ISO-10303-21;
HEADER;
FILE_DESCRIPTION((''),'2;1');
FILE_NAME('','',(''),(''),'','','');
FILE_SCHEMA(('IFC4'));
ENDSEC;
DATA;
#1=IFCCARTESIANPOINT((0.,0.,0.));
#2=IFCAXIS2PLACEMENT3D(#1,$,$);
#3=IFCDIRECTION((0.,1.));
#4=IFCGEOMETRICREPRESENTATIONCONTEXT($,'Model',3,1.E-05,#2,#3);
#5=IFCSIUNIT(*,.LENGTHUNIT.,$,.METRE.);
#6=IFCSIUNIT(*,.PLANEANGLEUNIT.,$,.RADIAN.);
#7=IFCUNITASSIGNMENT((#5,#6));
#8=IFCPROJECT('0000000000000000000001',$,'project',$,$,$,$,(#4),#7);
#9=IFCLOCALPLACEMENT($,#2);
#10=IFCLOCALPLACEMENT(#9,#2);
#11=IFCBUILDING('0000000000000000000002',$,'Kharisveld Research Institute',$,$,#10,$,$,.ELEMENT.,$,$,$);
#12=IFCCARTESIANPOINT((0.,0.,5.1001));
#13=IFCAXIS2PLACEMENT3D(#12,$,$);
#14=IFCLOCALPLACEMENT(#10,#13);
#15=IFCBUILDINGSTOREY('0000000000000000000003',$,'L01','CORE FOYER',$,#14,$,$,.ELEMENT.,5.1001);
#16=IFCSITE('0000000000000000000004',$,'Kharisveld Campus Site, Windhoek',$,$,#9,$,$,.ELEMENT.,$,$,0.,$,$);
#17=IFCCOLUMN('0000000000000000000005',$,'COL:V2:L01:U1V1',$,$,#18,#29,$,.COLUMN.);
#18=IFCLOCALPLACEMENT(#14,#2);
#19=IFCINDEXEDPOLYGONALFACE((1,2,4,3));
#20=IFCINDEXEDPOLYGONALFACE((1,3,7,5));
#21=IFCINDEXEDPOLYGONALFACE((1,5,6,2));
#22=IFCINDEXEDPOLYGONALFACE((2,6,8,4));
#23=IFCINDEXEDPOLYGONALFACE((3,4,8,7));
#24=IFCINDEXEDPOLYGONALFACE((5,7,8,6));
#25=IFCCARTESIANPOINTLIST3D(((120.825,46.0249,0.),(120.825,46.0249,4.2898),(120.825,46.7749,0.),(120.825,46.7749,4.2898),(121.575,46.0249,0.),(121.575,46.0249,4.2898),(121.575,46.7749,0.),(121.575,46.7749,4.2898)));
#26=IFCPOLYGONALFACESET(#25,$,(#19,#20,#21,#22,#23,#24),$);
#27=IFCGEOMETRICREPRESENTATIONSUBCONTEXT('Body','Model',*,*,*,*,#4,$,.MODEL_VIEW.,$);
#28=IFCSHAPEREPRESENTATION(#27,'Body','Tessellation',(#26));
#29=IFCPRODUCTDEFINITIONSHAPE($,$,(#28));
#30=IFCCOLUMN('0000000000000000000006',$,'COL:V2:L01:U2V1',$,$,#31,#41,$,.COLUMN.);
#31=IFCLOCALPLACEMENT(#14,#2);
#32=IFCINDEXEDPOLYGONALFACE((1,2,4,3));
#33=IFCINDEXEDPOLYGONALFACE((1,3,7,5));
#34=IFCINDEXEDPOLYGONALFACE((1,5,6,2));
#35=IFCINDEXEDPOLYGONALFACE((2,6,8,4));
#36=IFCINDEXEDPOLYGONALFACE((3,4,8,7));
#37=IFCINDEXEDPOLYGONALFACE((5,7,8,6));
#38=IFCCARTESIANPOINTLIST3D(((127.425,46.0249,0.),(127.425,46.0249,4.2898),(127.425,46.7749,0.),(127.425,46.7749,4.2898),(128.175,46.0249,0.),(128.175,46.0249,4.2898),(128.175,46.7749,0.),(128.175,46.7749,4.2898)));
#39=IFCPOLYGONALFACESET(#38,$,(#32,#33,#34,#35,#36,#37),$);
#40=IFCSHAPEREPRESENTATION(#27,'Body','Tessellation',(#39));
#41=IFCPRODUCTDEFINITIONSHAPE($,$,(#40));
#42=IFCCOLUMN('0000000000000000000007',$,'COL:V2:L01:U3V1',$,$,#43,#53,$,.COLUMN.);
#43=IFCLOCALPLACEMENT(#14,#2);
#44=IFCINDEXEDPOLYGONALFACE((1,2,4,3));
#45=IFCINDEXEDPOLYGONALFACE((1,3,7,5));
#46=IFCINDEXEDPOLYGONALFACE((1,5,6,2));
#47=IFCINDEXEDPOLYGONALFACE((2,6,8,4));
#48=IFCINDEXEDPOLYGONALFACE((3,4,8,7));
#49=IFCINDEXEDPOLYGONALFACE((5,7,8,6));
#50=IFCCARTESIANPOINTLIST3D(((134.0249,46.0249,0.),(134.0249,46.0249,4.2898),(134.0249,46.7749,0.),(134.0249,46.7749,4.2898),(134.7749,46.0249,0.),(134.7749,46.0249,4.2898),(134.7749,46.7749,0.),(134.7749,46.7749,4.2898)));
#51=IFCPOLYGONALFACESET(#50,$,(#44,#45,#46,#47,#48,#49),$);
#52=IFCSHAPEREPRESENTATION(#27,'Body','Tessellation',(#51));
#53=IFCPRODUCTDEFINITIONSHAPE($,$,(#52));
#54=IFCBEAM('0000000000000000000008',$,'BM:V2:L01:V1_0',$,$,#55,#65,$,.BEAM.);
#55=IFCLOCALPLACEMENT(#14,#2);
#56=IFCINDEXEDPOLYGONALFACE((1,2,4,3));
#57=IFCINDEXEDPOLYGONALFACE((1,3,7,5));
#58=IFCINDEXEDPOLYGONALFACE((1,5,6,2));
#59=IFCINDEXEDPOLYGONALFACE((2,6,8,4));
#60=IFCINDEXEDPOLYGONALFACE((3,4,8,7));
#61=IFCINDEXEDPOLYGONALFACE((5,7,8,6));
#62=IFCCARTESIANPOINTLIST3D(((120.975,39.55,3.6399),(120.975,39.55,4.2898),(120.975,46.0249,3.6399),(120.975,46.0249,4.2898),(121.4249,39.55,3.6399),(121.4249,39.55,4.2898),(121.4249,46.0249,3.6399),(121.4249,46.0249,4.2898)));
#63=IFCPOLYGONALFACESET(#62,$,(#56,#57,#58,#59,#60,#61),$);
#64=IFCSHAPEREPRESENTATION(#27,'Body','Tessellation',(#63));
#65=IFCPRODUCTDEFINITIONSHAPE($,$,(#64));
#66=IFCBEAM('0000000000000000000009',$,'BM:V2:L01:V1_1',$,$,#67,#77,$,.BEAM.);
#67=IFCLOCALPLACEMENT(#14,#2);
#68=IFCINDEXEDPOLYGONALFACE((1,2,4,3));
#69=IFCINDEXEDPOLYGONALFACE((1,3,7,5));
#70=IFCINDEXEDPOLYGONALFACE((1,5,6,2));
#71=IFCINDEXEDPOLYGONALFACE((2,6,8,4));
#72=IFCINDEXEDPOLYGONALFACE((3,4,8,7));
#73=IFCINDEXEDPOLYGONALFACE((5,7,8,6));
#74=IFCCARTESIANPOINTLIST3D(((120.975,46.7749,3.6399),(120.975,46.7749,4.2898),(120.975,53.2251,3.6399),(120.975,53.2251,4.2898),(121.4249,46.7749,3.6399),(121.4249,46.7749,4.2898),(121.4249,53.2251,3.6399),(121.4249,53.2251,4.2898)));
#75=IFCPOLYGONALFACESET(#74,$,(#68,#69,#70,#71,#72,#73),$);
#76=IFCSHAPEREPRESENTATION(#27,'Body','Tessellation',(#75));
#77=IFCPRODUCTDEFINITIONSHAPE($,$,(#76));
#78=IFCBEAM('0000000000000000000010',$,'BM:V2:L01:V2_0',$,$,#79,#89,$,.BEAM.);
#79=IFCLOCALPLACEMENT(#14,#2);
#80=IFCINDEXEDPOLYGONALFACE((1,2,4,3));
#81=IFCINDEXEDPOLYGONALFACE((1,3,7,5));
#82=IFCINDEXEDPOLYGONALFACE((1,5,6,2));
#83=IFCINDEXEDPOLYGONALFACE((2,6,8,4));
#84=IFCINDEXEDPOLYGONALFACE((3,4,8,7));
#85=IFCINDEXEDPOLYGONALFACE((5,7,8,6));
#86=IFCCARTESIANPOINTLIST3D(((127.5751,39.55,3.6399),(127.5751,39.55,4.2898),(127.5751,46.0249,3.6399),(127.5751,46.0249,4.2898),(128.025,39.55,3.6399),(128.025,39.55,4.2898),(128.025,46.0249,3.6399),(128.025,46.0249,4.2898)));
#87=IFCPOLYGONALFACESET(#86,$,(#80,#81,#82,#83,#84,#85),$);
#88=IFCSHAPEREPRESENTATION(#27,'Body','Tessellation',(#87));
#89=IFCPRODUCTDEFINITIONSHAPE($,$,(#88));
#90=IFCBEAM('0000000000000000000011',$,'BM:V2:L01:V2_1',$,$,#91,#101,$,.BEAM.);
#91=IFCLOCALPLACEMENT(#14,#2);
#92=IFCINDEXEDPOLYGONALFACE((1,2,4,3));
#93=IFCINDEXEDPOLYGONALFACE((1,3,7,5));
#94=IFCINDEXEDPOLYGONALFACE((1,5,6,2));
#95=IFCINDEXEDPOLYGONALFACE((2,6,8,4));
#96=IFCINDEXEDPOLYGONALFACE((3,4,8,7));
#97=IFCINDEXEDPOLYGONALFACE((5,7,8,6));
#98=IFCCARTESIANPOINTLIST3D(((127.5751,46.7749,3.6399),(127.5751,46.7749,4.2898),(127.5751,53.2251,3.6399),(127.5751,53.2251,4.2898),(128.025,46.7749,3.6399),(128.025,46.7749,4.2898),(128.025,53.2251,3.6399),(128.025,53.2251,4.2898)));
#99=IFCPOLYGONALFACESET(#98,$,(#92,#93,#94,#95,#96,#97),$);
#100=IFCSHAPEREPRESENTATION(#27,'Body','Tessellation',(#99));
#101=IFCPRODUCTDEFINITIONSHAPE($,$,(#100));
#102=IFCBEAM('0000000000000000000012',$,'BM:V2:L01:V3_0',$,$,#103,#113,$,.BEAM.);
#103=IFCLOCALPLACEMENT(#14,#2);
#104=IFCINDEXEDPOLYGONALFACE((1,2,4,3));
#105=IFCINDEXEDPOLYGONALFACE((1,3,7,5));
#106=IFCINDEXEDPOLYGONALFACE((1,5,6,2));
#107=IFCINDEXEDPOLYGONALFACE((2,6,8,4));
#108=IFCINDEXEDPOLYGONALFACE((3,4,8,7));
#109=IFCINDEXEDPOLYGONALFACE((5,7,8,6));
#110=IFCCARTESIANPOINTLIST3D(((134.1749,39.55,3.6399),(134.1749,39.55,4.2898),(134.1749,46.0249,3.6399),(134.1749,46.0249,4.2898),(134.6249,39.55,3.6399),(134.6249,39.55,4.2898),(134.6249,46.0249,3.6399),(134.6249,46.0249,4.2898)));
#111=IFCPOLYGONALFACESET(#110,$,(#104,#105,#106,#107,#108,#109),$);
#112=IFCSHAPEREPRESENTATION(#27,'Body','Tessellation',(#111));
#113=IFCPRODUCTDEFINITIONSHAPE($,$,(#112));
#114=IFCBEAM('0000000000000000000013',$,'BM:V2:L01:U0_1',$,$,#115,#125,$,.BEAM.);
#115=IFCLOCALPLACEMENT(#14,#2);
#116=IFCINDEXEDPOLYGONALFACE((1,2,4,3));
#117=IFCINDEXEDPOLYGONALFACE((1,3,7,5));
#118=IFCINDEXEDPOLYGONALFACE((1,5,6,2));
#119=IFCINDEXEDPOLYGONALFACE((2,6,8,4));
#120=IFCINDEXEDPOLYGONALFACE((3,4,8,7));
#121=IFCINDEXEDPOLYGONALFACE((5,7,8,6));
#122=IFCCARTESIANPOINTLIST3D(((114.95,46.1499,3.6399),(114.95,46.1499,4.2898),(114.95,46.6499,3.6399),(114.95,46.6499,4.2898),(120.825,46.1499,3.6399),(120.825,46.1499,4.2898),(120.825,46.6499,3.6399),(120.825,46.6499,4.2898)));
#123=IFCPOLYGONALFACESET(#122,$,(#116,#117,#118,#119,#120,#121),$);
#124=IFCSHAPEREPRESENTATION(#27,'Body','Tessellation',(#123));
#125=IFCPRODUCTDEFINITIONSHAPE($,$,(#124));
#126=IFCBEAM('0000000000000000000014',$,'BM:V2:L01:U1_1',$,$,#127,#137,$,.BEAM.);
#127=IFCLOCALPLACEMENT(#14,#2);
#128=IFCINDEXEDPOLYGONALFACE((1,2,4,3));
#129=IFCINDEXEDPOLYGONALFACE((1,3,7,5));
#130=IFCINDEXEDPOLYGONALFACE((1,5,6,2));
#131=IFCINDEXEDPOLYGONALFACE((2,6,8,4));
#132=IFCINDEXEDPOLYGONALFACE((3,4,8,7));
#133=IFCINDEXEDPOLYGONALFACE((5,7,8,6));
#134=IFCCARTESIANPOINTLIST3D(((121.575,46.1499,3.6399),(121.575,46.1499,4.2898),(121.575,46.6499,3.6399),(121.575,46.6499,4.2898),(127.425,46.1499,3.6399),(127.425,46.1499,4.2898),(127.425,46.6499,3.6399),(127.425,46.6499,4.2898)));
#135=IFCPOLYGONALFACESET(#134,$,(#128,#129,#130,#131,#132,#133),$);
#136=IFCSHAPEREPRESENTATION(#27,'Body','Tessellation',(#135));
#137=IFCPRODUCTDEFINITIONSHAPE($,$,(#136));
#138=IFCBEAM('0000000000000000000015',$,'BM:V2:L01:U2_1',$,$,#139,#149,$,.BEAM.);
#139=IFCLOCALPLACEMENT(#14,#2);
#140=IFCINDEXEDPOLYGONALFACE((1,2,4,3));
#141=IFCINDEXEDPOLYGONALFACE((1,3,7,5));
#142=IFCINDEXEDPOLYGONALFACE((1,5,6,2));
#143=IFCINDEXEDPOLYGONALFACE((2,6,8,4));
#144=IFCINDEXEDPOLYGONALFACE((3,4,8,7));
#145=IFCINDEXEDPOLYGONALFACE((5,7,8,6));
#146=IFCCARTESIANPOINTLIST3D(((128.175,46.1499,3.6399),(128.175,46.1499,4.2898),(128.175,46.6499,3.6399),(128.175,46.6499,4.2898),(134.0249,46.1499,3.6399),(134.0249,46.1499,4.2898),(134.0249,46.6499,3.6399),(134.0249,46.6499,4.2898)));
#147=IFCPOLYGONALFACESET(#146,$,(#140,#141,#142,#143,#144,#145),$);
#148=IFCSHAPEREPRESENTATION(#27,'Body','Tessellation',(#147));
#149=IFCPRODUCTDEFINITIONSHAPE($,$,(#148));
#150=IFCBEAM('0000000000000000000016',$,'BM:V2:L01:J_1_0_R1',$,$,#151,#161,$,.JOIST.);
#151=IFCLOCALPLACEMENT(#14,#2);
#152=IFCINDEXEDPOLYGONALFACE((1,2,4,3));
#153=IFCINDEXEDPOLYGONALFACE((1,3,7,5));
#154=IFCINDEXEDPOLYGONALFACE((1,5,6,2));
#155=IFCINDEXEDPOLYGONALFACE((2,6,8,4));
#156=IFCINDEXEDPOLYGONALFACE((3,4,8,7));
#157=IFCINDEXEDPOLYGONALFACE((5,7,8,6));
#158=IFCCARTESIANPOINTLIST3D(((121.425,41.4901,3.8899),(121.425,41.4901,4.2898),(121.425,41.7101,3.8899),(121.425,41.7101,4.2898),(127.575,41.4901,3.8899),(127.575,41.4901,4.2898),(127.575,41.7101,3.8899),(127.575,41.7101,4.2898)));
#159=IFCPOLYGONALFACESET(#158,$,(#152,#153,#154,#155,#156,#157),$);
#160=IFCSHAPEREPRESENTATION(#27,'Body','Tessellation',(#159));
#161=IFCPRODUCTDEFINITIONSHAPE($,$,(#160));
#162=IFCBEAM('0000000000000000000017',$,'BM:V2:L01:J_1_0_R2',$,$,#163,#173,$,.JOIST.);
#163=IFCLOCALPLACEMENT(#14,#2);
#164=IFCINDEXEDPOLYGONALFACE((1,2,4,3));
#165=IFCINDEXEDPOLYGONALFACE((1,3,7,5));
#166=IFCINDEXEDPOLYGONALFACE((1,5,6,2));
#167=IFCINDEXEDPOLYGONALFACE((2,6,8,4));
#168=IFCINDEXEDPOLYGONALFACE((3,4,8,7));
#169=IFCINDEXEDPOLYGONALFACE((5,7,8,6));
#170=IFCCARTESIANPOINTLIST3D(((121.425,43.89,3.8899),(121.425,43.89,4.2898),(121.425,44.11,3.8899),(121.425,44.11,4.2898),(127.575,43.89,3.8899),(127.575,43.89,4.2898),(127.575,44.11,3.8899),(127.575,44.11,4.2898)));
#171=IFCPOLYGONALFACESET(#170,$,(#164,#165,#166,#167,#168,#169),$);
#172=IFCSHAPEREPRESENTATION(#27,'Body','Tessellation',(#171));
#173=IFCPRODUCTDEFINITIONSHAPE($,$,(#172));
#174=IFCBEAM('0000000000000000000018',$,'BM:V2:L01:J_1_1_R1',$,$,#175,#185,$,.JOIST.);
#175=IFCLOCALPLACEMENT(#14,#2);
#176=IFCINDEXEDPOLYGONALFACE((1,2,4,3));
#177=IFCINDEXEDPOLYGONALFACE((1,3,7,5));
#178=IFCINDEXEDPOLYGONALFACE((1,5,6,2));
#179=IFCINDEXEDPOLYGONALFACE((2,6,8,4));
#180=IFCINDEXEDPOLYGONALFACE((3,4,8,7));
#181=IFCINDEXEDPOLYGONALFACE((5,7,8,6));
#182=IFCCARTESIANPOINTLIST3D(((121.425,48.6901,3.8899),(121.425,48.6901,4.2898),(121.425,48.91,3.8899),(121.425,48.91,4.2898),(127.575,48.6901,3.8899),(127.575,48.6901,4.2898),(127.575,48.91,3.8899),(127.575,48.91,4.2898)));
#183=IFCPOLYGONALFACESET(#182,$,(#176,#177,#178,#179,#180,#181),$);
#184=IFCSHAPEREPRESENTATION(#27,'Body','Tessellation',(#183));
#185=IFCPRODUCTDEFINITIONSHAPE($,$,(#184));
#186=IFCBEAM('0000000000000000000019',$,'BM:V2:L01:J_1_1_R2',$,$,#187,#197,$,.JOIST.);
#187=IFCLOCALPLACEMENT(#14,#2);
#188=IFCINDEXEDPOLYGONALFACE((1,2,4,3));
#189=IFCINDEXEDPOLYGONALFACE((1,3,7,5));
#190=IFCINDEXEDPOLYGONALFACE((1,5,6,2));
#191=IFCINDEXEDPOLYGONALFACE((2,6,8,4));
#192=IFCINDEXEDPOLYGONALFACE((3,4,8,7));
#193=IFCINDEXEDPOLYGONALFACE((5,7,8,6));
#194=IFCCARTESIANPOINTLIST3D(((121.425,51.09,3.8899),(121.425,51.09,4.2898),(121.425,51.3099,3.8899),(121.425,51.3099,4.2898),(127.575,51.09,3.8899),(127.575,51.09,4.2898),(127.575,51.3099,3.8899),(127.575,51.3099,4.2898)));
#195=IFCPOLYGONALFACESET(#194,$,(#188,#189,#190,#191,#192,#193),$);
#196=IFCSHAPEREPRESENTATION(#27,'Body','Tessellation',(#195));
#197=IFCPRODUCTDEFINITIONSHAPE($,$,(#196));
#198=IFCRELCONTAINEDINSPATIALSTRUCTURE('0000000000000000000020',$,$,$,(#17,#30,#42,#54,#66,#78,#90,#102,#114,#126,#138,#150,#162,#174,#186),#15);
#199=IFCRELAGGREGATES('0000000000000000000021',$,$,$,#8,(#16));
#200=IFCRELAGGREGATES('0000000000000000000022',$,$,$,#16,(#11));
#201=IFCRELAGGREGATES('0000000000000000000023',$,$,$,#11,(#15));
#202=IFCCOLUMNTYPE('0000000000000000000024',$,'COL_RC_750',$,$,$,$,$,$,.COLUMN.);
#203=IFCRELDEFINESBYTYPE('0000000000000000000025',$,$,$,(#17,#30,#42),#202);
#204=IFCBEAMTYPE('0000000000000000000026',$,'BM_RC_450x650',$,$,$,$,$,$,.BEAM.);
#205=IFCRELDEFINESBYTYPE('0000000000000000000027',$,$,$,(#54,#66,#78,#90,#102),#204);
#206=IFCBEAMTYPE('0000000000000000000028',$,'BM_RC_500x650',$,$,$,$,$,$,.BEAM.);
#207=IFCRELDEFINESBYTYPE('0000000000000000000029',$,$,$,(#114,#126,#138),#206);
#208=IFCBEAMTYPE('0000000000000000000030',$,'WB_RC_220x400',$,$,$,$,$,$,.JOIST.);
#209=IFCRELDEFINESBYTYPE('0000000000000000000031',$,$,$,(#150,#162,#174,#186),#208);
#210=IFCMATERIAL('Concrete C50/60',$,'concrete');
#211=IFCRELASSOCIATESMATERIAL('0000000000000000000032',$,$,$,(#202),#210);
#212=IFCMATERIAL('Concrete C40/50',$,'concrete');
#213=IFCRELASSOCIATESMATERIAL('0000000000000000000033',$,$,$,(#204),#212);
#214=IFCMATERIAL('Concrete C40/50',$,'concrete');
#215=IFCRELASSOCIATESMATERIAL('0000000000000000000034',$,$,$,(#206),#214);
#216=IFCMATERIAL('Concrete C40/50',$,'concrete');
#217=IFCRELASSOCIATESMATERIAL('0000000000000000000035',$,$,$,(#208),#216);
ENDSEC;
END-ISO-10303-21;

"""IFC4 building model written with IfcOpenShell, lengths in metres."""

from ifc_helpers import new_model, si_unit, direction, frame, origin, origin_2d, place, context, subcontext, project, spatial, rectangle, extrude, material, material_profile, profile_set, type_object, element, save


model = new_model("IFC4")

# Units and contexts
model_context = context("Model", 3, precision=1e-05, world=origin(), true_north=direction((0.0, 1.0)))
body_context = subcontext(model_context, "Body", "Model", "MODEL_VIEW")
ifc_project = project(units=[si_unit("LENGTHUNIT", "METRE"), si_unit("PLANEANGLEUNIT", "RADIAN")], contexts=[model_context])

# Site, building, storey
site_placement = place(None, origin())
site = spatial("IfcSite", under=ifc_project, at=site_placement, Name="Kharisveld Campus Site, Windhoek", CompositionType="ELEMENT", RefElevation=0.0)
building_placement = place(site_placement, origin())
building = spatial("IfcBuilding", under=site, at=building_placement, Name="Kharisveld Research Institute", CompositionType="ELEMENT")
storey_placement = place(building_placement, frame((0.0, 0.0, 5.1001)))
storey = spatial("IfcBuildingStorey", under=building, at=storey_placement, Name="L01", Description="CORE FOYER", CompositionType="ELEMENT", Elevation=5.1001)

# Columns
ifc_material_1 = material(Name="Concrete C50/60", Category="concrete")
ifc_material_profile_1 = material_profile(ifc_material_1, rectangle(XDim=0.75, YDim=0.75, at=origin_2d()))
ifc_profile_set_1 = profile_set([ifc_material_profile_1], Name="Concrete C50/60")
column_type = type_object("IfcColumnType", Name="COL_RC_750", PredefinedType="COLUMN", material=ifc_profile_set_1)
for number, where, z_axis, x_axis, name in (
    (1, (121.2, 46.3999, 0.0), (0.0, 0.0, 1.0), (1.0, 0.0, 0.0), "COL:V2:L01:U1V1"),
    (2, (127.8, 46.3999, 0.0), (0.0, 0.0, 1.0), (1.0, 0.0, 0.0), "COL:V2:L01:U2V1"),
    (3, (134.3999, 46.3999, 0.0), (0.0, 0.0, 1.0), (1.0, 0.0, 0.0), "COL:V2:L01:U3V1"),
):
    element("IfcColumn", number, at=place(storey_placement, frame(where, z_axis=z_axis, x_axis=x_axis)), inside=storey, type_object=column_type, Name=name, PredefinedType="COLUMN", context=body_context, shape_type="SweptSolid", body=[
        extrude(rectangle(XDim=0.75, YDim=0.75, at=origin_2d()), origin(), (0.0, 0.0, 1.0), 4.2898),
    ])

# Beams
ifc_material_2 = material(Name="Concrete C40/50", Category="concrete")
ifc_material_profile_2 = material_profile(ifc_material_2, rectangle(XDim=0.45, YDim=0.6499, at=origin_2d()))
ifc_profile_set_2 = profile_set([ifc_material_profile_2], Name="Concrete C40/50")
beam_type_1 = type_object("IfcBeamType", Name="BM_RC_450x650", PredefinedType="BEAM", material=ifc_profile_set_2)
beam_1_placement = place(storey_placement, frame((121.2, 39.55, 3.9648), z_axis=(0.0, 1.0, 0.0), x_axis=(-1.0, 0.0, 0.0)))
element("IfcBeam", 4, at=beam_1_placement, inside=storey, type_object=beam_type_1, Name="BM:V2:L01:V1_0", PredefinedType="BEAM", context=body_context, shape_type="SweptSolid", body=[
    extrude(rectangle(XDim=0.45, YDim=0.6499, at=origin_2d()), origin(), (0.0, 0.0, 1.0), 6.4749),
])
beam_2_placement = place(storey_placement, frame((121.2, 46.7749, 3.9648), z_axis=(0.0, 1.0, 0.0), x_axis=(-1.0, 0.0, 0.0)))
element("IfcBeam", 5, at=beam_2_placement, inside=storey, type_object=beam_type_1, Name="BM:V2:L01:V1_1", PredefinedType="BEAM", context=body_context, shape_type="SweptSolid", body=[
    extrude(rectangle(XDim=0.45, YDim=0.6499, at=origin_2d()), origin(), (0.0, 0.0, 1.0), 6.4502),
])
beam_3_placement = place(storey_placement, frame((127.8, 39.55, 3.9648), z_axis=(0.0, 1.0, 0.0), x_axis=(-1.0, 0.0, 0.0)))
element("IfcBeam", 6, at=beam_3_placement, inside=storey, type_object=beam_type_1, Name="BM:V2:L01:V2_0", PredefinedType="BEAM", context=body_context, shape_type="SweptSolid", body=[
    extrude(rectangle(XDim=0.45, YDim=0.6499, at=origin_2d()), origin(), (0.0, 0.0, 1.0), 6.4749),
])
beam_4_placement = place(storey_placement, frame((127.8, 46.7749, 3.9648), z_axis=(0.0, 1.0, 0.0), x_axis=(-1.0, 0.0, 0.0)))
element("IfcBeam", 7, at=beam_4_placement, inside=storey, type_object=beam_type_1, Name="BM:V2:L01:V2_1", PredefinedType="BEAM", context=body_context, shape_type="SweptSolid", body=[
    extrude(rectangle(XDim=0.45, YDim=0.6499, at=origin_2d()), origin(), (0.0, 0.0, 1.0), 6.4502),
])
beam_5_placement = place(storey_placement, frame((134.3999, 39.55, 3.9648), z_axis=(0.0, 1.0, 0.0), x_axis=(-1.0, 0.0, 0.0)))
element("IfcBeam", 8, at=beam_5_placement, inside=storey, type_object=beam_type_1, Name="BM:V2:L01:V3_0", PredefinedType="BEAM", context=body_context, shape_type="SweptSolid", body=[
    extrude(rectangle(XDim=0.45, YDim=0.6499, at=origin_2d()), origin(), (0.0, 0.0, 1.0), 6.4749),
])
ifc_material_3 = material(Name="Concrete C40/50", Category="concrete")
ifc_material_profile_3 = material_profile(ifc_material_3, rectangle(XDim=0.5, YDim=0.6499, at=origin_2d()))
ifc_profile_set_3 = profile_set([ifc_material_profile_3], Name="Concrete C40/50")
beam_type_2 = type_object("IfcBeamType", Name="BM_RC_500x650", PredefinedType="BEAM", material=ifc_profile_set_3)
beam_6_placement = place(storey_placement, frame((114.95, 46.3999, 3.9648), z_axis=(1.0, 0.0, 0.0), x_axis=(0.0, 1.0, 0.0)))
element("IfcBeam", 9, at=beam_6_placement, inside=storey, type_object=beam_type_2, Name="BM:V2:L01:U0_1", PredefinedType="BEAM", context=body_context, shape_type="SweptSolid", body=[
    extrude(rectangle(XDim=0.5, YDim=0.6499, at=origin_2d()), origin(), (0.0, 0.0, 1.0), 5.875),
])
beam_7_placement = place(storey_placement, frame((121.575, 46.3999, 3.9648), z_axis=(1.0, 0.0, 0.0), x_axis=(0.0, 1.0, 0.0)))
element("IfcBeam", 10, at=beam_7_placement, inside=storey, type_object=beam_type_2, Name="BM:V2:L01:U1_1", PredefinedType="BEAM", context=body_context, shape_type="SweptSolid", body=[
    extrude(rectangle(XDim=0.5, YDim=0.6499, at=origin_2d()), origin(), (0.0, 0.0, 1.0), 5.8501),
])
beam_8_placement = place(storey_placement, frame((128.175, 46.3999, 3.9648), z_axis=(1.0, 0.0, 0.0), x_axis=(0.0, 1.0, 0.0)))
element("IfcBeam", 11, at=beam_8_placement, inside=storey, type_object=beam_type_2, Name="BM:V2:L01:U2_1", PredefinedType="BEAM", context=body_context, shape_type="SweptSolid", body=[
    extrude(rectangle(XDim=0.5, YDim=0.6499, at=origin_2d()), origin(), (0.0, 0.0, 1.0), 5.8499),
])
ifc_material_4 = material(Name="Concrete C40/50", Category="concrete")
ifc_material_profile_4 = material_profile(ifc_material_4, rectangle(XDim=0.22, YDim=0.3999, at=origin_2d()))
ifc_profile_set_4 = profile_set([ifc_material_profile_4], Name="Concrete C40/50")
beam_type_3 = type_object("IfcBeamType", Name="WB_RC_220x400", PredefinedType="JOIST", material=ifc_profile_set_4)
for number, where, z_axis, x_axis, name in (
    (12, (121.425, 41.6001, 4.0898), (1.0, 0.0, 0.0), (0.0, 1.0, 0.0), "BM:V2:L01:J_1_0_R1"),
    (13, (121.425, 44.0, 4.0898), (1.0, 0.0, 0.0), (0.0, 1.0, 0.0), "BM:V2:L01:J_1_0_R2"),
    (14, (121.425, 48.8, 4.0898), (1.0, 0.0, 0.0), (0.0, 1.0, 0.0), "BM:V2:L01:J_1_1_R1"),
    (15, (121.425, 51.2, 4.0898), (1.0, 0.0, 0.0), (0.0, 1.0, 0.0), "BM:V2:L01:J_1_1_R2"),
):
    element("IfcBeam", number, at=place(storey_placement, frame(where, z_axis=z_axis, x_axis=x_axis)), inside=storey, type_object=beam_type_3, Name=name, PredefinedType="JOIST", context=body_context, shape_type="SweptSolid", body=[
        extrude(rectangle(XDim=0.22, YDim=0.3999, at=origin_2d()), origin(), (0.0, 0.0, 1.0), 6.1499),
    ])

save(model, "model.ifc")
